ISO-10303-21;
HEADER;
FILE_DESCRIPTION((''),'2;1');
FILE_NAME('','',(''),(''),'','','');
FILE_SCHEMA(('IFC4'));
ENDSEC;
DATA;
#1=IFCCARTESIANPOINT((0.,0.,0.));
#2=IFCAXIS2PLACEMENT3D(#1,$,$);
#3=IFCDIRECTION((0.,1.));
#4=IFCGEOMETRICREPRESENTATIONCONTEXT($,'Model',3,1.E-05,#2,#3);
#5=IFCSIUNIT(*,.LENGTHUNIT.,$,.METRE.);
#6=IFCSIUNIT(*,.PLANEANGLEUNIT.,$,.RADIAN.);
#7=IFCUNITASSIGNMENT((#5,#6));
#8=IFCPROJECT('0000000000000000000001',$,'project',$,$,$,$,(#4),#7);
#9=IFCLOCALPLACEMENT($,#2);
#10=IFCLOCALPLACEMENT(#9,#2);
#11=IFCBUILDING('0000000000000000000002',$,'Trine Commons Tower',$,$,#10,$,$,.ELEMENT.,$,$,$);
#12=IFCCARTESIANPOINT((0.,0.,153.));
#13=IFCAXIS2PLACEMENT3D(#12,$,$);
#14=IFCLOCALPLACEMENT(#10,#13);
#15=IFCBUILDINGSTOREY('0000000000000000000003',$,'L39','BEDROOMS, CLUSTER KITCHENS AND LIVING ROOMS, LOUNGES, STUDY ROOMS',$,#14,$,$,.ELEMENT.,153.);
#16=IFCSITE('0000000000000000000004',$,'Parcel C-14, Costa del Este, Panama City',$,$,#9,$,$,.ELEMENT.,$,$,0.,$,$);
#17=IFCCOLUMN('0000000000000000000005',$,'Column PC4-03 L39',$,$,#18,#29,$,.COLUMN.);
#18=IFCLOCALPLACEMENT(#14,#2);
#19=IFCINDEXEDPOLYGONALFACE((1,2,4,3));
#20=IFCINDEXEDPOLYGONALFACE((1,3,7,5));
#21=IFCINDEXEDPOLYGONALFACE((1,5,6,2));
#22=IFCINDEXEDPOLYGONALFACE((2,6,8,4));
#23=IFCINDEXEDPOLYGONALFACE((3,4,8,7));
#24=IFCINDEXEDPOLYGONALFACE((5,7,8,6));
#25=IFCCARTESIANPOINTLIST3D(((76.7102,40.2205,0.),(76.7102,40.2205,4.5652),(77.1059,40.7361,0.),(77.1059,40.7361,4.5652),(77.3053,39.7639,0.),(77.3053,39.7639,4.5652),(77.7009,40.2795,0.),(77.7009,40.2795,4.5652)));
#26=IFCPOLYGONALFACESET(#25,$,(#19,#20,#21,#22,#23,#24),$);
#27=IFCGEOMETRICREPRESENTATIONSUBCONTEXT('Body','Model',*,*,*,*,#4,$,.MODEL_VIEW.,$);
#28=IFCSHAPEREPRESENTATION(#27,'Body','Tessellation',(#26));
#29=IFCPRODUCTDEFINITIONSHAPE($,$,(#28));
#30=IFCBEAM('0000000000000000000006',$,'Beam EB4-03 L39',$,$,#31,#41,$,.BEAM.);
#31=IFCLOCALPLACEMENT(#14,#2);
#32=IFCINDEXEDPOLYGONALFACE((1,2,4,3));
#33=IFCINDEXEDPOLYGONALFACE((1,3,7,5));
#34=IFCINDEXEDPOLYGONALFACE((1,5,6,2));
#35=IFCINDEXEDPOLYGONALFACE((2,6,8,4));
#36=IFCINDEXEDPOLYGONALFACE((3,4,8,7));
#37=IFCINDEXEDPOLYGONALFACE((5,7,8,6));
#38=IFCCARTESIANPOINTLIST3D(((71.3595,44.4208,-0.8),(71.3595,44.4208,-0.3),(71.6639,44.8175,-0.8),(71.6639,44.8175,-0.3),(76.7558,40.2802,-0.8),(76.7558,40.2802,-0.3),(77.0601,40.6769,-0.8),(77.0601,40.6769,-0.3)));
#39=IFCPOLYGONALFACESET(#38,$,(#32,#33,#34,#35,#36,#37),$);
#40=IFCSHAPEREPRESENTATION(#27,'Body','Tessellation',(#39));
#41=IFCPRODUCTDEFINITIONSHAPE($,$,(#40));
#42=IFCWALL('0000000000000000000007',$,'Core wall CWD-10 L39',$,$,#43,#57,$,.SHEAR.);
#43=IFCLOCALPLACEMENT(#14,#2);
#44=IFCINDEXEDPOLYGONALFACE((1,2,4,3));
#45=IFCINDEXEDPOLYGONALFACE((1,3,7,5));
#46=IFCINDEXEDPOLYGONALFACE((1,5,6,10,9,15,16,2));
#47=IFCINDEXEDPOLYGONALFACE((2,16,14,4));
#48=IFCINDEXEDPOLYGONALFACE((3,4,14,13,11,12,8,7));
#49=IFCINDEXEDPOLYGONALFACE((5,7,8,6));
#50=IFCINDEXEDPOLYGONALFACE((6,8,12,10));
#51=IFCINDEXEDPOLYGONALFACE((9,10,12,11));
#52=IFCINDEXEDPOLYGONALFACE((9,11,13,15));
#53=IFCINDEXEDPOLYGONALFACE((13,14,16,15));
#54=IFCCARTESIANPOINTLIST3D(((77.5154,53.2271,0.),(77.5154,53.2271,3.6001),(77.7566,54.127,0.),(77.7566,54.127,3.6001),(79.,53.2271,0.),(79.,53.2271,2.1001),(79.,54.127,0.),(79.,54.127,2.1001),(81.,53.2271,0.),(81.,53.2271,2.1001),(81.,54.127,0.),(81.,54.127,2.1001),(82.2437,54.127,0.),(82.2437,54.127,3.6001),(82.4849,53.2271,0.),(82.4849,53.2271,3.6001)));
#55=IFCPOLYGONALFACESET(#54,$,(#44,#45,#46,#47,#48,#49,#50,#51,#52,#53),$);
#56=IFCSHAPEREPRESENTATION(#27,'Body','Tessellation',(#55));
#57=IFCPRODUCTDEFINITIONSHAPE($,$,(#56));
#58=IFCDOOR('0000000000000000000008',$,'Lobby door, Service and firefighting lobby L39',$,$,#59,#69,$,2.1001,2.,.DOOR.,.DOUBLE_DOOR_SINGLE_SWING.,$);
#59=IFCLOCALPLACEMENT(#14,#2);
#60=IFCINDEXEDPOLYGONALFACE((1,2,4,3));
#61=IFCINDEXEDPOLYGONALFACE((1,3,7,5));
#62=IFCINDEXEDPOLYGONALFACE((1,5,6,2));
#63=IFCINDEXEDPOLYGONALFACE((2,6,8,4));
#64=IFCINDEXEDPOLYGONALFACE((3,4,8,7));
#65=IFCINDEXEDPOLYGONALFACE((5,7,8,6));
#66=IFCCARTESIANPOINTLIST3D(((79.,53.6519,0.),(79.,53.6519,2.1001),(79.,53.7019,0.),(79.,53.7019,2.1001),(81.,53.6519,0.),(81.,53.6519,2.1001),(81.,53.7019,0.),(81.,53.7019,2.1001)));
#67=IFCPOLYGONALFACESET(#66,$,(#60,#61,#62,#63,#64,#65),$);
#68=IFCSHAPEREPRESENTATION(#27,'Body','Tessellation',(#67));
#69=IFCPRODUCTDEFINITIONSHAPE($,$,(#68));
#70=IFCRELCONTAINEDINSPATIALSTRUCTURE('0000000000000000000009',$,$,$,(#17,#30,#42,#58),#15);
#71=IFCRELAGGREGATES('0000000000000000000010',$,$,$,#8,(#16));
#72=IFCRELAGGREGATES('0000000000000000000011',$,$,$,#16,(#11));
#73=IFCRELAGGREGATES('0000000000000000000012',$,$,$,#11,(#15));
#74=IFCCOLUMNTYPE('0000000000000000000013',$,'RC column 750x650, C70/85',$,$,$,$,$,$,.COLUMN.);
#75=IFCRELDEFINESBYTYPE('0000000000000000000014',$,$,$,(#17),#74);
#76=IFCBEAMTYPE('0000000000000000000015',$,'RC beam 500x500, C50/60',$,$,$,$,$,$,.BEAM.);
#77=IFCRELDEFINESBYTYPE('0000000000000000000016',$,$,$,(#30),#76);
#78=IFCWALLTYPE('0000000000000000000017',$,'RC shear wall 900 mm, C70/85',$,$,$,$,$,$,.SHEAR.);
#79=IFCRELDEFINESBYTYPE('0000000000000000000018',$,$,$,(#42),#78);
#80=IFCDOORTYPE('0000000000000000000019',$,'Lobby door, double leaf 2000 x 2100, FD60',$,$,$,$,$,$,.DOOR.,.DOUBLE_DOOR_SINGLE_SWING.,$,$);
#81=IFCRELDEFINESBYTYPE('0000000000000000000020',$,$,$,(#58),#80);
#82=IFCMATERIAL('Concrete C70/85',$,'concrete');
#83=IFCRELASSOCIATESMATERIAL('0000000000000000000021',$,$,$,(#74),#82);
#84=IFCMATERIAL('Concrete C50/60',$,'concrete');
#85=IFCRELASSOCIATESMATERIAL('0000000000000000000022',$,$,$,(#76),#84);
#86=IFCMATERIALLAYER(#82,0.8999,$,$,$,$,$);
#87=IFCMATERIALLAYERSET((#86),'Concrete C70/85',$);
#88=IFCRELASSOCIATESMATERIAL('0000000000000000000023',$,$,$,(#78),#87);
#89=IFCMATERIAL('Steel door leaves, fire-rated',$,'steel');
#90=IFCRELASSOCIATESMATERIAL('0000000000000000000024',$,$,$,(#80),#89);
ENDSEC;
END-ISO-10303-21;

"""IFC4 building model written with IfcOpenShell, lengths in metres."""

from ifc_helpers import new_model, si_unit, direction, frame, frame_2d, origin, origin_2d, place, context, subcontext, project, spatial, polyline, rectangle, outline, extrude, material, layer, layer_set, material_profile, profile_set, type_object, element, fill, save


model = new_model("IFC4")

# Units and contexts
model_context = context("Model", 3, precision=1e-05, world=origin(), true_north=direction((0.0, 1.0)))
body_context = subcontext(model_context, "Body", "Model", "MODEL_VIEW")
ifc_project = project(units=[si_unit("LENGTHUNIT", "METRE"), si_unit("PLANEANGLEUNIT", "RADIAN")], contexts=[model_context])

# Site, building, storey
site_placement = place(None, origin())
site = spatial("IfcSite", under=ifc_project, at=site_placement, Name="Parcel C-14, Costa del Este, Panama City", CompositionType="ELEMENT", RefElevation=0.0)
building_placement = place(site_placement, origin())
building = spatial("IfcBuilding", under=site, at=building_placement, Name="Trine Commons Tower", CompositionType="ELEMENT")
storey_placement = place(building_placement, frame((0.0, 0.0, 153.0)))
storey = spatial("IfcBuildingStorey", under=building, at=storey_placement, Name="L39", Description="BEDROOMS, CLUSTER KITCHENS AND LIVING ROOMS, LOUNGES, STUDY ROOMS", CompositionType="ELEMENT", Elevation=153.0)

# Column
ifc_material_1 = material(Name="Concrete C70/85", Category="concrete")
ifc_material_profile_1 = material_profile(ifc_material_1, rectangle(XDim=0.75, YDim=0.6499, at=origin_2d()), Name="RC 750x650")
ifc_profile_set_1 = profile_set([ifc_material_profile_1], Name="Concrete C70/85")
column_type = type_object("IfcColumnType", Name="RC column 750x650, C70/85", PredefinedType="COLUMN", material=ifc_profile_set_1)
column_placement = place(storey_placement, frame((77.2056, 40.25, 0.0), z_axis=(0.0, 0.0, 1.0), x_axis=(-0.793353, 0.608761, 0.0)))
element("IfcColumn", 1, at=column_placement, inside=storey, type_object=column_type, Name="Column PC4-03 L39", PredefinedType="COLUMN", context=body_context, shape_type="SweptSolid", body=[
    extrude(rectangle(XDim=0.75, YDim=0.6499, at=origin_2d()), origin(), (0.0, 0.0, 1.0), 4.5652),
])

# Beam
ifc_material_2 = material(Name="Concrete C50/60", Category="concrete")
ifc_material_profile_2 = material_profile(ifc_material_2, rectangle(XDim=0.5, YDim=0.5, at=origin_2d()), Name="RC 500x500")
ifc_profile_set_2 = profile_set([ifc_material_profile_2], Name="Concrete C50/60")
beam_type = type_object("IfcBeamType", Name="RC beam 500x500, C50/60", PredefinedType="BEAM", material=ifc_profile_set_2)
beam_placement = place(storey_placement, frame((76.908, 40.4785, -0.55), z_axis=(-0.793357, 0.608756, 0.0), x_axis=(-0.608756, -0.793357, 0.0)))
element("IfcBeam", 2, at=beam_placement, inside=storey, type_object=beam_type, Name="Beam EB4-03 L39", PredefinedType="BEAM", context=body_context, shape_type="SweptSolid", body=[
    extrude(rectangle(XDim=0.5, YDim=0.5, at=origin_2d()), origin(), (0.0, 0.0, 1.0), 6.8018),
])

# Wall, opening, door
ifc_layer_1 = layer(ifc_material_1, 0.8999)
ifc_layer_set_1 = layer_set([ifc_layer_1], Name="Concrete C70/85")
wall_type_1 = type_object("IfcWallType", Name="RC shear wall 900 mm, C70/85", PredefinedType="SHEAR", material=ifc_layer_set_1)
wall_1_placement = place(storey_placement, frame((77.5154, 53.677, 0.0), z_axis=(0.0, 0.0, 1.0), x_axis=(1.0, 0.0, 0.0)))
wall_1 = element("IfcWall", 3, at=wall_1_placement, inside=storey, type_object=wall_type_1, Name="Core wall CWD-10 L39", PredefinedType="SHEAR", context=body_context, shape_type="SweptSolid", body=[
    extrude(outline(polyline([(0.0, -0.45), (4.9695, -0.45), (4.7283, 0.45), (0.2412, 0.45), (0.0, -0.45)])), origin(), (0.0, 0.0, 1.0), 3.6001),
])
opening_1_placement = place(wall_1_placement, frame((1.4846, 0.0, 0.0)))
opening_1 = element("IfcOpeningElement", 4, at=opening_1_placement, cuts=wall_1, PredefinedType="OPENING", context=body_context, shape_type="SweptSolid", body=[
    extrude(rectangle(XDim=2.0, YDim=2.1001, at=frame_2d((1.0, 1.05))), frame((0.0, 0.46, 0.0), z_axis=(0.0, -1.0, 0.0), x_axis=(1.0, 0.0, 0.0)), (0.0, 0.0, 1.0), 0.9199),
])
ifc_material_3 = material(Name="Steel door leaves, fire-rated", Category="steel")
door_type_1 = type_object("IfcDoorType", Name="Lobby door, double leaf 2000 x 2100, FD60", OperationType="DOUBLE_DOOR_SINGLE_SWING", PredefinedType="DOOR", material=ifc_material_3)
door_1_placement = place(opening_1_placement, origin())
door_1 = element("IfcDoor", 5, at=door_1_placement, inside=storey, type_object=door_type_1, Name="Lobby door, Service and firefighting lobby L39", OperationType="DOUBLE_DOOR_SINGLE_SWING", OverallHeight=2.1001, OverallWidth=2.0, PredefinedType="DOOR", context=body_context, shape_type="SweptSolid", body=[
    extrude(rectangle(XDim=2.0, YDim=2.1001, at=frame_2d((1.0, 1.05))), frame((0.0, 0.0249, 0.0), z_axis=(0.0, -1.0, 0.0), x_axis=(1.0, 0.0, 0.0)), (0.0, 0.0, 1.0), 0.05),
])
fill(opening_1, door_1)

save(model, "model.ifc")
